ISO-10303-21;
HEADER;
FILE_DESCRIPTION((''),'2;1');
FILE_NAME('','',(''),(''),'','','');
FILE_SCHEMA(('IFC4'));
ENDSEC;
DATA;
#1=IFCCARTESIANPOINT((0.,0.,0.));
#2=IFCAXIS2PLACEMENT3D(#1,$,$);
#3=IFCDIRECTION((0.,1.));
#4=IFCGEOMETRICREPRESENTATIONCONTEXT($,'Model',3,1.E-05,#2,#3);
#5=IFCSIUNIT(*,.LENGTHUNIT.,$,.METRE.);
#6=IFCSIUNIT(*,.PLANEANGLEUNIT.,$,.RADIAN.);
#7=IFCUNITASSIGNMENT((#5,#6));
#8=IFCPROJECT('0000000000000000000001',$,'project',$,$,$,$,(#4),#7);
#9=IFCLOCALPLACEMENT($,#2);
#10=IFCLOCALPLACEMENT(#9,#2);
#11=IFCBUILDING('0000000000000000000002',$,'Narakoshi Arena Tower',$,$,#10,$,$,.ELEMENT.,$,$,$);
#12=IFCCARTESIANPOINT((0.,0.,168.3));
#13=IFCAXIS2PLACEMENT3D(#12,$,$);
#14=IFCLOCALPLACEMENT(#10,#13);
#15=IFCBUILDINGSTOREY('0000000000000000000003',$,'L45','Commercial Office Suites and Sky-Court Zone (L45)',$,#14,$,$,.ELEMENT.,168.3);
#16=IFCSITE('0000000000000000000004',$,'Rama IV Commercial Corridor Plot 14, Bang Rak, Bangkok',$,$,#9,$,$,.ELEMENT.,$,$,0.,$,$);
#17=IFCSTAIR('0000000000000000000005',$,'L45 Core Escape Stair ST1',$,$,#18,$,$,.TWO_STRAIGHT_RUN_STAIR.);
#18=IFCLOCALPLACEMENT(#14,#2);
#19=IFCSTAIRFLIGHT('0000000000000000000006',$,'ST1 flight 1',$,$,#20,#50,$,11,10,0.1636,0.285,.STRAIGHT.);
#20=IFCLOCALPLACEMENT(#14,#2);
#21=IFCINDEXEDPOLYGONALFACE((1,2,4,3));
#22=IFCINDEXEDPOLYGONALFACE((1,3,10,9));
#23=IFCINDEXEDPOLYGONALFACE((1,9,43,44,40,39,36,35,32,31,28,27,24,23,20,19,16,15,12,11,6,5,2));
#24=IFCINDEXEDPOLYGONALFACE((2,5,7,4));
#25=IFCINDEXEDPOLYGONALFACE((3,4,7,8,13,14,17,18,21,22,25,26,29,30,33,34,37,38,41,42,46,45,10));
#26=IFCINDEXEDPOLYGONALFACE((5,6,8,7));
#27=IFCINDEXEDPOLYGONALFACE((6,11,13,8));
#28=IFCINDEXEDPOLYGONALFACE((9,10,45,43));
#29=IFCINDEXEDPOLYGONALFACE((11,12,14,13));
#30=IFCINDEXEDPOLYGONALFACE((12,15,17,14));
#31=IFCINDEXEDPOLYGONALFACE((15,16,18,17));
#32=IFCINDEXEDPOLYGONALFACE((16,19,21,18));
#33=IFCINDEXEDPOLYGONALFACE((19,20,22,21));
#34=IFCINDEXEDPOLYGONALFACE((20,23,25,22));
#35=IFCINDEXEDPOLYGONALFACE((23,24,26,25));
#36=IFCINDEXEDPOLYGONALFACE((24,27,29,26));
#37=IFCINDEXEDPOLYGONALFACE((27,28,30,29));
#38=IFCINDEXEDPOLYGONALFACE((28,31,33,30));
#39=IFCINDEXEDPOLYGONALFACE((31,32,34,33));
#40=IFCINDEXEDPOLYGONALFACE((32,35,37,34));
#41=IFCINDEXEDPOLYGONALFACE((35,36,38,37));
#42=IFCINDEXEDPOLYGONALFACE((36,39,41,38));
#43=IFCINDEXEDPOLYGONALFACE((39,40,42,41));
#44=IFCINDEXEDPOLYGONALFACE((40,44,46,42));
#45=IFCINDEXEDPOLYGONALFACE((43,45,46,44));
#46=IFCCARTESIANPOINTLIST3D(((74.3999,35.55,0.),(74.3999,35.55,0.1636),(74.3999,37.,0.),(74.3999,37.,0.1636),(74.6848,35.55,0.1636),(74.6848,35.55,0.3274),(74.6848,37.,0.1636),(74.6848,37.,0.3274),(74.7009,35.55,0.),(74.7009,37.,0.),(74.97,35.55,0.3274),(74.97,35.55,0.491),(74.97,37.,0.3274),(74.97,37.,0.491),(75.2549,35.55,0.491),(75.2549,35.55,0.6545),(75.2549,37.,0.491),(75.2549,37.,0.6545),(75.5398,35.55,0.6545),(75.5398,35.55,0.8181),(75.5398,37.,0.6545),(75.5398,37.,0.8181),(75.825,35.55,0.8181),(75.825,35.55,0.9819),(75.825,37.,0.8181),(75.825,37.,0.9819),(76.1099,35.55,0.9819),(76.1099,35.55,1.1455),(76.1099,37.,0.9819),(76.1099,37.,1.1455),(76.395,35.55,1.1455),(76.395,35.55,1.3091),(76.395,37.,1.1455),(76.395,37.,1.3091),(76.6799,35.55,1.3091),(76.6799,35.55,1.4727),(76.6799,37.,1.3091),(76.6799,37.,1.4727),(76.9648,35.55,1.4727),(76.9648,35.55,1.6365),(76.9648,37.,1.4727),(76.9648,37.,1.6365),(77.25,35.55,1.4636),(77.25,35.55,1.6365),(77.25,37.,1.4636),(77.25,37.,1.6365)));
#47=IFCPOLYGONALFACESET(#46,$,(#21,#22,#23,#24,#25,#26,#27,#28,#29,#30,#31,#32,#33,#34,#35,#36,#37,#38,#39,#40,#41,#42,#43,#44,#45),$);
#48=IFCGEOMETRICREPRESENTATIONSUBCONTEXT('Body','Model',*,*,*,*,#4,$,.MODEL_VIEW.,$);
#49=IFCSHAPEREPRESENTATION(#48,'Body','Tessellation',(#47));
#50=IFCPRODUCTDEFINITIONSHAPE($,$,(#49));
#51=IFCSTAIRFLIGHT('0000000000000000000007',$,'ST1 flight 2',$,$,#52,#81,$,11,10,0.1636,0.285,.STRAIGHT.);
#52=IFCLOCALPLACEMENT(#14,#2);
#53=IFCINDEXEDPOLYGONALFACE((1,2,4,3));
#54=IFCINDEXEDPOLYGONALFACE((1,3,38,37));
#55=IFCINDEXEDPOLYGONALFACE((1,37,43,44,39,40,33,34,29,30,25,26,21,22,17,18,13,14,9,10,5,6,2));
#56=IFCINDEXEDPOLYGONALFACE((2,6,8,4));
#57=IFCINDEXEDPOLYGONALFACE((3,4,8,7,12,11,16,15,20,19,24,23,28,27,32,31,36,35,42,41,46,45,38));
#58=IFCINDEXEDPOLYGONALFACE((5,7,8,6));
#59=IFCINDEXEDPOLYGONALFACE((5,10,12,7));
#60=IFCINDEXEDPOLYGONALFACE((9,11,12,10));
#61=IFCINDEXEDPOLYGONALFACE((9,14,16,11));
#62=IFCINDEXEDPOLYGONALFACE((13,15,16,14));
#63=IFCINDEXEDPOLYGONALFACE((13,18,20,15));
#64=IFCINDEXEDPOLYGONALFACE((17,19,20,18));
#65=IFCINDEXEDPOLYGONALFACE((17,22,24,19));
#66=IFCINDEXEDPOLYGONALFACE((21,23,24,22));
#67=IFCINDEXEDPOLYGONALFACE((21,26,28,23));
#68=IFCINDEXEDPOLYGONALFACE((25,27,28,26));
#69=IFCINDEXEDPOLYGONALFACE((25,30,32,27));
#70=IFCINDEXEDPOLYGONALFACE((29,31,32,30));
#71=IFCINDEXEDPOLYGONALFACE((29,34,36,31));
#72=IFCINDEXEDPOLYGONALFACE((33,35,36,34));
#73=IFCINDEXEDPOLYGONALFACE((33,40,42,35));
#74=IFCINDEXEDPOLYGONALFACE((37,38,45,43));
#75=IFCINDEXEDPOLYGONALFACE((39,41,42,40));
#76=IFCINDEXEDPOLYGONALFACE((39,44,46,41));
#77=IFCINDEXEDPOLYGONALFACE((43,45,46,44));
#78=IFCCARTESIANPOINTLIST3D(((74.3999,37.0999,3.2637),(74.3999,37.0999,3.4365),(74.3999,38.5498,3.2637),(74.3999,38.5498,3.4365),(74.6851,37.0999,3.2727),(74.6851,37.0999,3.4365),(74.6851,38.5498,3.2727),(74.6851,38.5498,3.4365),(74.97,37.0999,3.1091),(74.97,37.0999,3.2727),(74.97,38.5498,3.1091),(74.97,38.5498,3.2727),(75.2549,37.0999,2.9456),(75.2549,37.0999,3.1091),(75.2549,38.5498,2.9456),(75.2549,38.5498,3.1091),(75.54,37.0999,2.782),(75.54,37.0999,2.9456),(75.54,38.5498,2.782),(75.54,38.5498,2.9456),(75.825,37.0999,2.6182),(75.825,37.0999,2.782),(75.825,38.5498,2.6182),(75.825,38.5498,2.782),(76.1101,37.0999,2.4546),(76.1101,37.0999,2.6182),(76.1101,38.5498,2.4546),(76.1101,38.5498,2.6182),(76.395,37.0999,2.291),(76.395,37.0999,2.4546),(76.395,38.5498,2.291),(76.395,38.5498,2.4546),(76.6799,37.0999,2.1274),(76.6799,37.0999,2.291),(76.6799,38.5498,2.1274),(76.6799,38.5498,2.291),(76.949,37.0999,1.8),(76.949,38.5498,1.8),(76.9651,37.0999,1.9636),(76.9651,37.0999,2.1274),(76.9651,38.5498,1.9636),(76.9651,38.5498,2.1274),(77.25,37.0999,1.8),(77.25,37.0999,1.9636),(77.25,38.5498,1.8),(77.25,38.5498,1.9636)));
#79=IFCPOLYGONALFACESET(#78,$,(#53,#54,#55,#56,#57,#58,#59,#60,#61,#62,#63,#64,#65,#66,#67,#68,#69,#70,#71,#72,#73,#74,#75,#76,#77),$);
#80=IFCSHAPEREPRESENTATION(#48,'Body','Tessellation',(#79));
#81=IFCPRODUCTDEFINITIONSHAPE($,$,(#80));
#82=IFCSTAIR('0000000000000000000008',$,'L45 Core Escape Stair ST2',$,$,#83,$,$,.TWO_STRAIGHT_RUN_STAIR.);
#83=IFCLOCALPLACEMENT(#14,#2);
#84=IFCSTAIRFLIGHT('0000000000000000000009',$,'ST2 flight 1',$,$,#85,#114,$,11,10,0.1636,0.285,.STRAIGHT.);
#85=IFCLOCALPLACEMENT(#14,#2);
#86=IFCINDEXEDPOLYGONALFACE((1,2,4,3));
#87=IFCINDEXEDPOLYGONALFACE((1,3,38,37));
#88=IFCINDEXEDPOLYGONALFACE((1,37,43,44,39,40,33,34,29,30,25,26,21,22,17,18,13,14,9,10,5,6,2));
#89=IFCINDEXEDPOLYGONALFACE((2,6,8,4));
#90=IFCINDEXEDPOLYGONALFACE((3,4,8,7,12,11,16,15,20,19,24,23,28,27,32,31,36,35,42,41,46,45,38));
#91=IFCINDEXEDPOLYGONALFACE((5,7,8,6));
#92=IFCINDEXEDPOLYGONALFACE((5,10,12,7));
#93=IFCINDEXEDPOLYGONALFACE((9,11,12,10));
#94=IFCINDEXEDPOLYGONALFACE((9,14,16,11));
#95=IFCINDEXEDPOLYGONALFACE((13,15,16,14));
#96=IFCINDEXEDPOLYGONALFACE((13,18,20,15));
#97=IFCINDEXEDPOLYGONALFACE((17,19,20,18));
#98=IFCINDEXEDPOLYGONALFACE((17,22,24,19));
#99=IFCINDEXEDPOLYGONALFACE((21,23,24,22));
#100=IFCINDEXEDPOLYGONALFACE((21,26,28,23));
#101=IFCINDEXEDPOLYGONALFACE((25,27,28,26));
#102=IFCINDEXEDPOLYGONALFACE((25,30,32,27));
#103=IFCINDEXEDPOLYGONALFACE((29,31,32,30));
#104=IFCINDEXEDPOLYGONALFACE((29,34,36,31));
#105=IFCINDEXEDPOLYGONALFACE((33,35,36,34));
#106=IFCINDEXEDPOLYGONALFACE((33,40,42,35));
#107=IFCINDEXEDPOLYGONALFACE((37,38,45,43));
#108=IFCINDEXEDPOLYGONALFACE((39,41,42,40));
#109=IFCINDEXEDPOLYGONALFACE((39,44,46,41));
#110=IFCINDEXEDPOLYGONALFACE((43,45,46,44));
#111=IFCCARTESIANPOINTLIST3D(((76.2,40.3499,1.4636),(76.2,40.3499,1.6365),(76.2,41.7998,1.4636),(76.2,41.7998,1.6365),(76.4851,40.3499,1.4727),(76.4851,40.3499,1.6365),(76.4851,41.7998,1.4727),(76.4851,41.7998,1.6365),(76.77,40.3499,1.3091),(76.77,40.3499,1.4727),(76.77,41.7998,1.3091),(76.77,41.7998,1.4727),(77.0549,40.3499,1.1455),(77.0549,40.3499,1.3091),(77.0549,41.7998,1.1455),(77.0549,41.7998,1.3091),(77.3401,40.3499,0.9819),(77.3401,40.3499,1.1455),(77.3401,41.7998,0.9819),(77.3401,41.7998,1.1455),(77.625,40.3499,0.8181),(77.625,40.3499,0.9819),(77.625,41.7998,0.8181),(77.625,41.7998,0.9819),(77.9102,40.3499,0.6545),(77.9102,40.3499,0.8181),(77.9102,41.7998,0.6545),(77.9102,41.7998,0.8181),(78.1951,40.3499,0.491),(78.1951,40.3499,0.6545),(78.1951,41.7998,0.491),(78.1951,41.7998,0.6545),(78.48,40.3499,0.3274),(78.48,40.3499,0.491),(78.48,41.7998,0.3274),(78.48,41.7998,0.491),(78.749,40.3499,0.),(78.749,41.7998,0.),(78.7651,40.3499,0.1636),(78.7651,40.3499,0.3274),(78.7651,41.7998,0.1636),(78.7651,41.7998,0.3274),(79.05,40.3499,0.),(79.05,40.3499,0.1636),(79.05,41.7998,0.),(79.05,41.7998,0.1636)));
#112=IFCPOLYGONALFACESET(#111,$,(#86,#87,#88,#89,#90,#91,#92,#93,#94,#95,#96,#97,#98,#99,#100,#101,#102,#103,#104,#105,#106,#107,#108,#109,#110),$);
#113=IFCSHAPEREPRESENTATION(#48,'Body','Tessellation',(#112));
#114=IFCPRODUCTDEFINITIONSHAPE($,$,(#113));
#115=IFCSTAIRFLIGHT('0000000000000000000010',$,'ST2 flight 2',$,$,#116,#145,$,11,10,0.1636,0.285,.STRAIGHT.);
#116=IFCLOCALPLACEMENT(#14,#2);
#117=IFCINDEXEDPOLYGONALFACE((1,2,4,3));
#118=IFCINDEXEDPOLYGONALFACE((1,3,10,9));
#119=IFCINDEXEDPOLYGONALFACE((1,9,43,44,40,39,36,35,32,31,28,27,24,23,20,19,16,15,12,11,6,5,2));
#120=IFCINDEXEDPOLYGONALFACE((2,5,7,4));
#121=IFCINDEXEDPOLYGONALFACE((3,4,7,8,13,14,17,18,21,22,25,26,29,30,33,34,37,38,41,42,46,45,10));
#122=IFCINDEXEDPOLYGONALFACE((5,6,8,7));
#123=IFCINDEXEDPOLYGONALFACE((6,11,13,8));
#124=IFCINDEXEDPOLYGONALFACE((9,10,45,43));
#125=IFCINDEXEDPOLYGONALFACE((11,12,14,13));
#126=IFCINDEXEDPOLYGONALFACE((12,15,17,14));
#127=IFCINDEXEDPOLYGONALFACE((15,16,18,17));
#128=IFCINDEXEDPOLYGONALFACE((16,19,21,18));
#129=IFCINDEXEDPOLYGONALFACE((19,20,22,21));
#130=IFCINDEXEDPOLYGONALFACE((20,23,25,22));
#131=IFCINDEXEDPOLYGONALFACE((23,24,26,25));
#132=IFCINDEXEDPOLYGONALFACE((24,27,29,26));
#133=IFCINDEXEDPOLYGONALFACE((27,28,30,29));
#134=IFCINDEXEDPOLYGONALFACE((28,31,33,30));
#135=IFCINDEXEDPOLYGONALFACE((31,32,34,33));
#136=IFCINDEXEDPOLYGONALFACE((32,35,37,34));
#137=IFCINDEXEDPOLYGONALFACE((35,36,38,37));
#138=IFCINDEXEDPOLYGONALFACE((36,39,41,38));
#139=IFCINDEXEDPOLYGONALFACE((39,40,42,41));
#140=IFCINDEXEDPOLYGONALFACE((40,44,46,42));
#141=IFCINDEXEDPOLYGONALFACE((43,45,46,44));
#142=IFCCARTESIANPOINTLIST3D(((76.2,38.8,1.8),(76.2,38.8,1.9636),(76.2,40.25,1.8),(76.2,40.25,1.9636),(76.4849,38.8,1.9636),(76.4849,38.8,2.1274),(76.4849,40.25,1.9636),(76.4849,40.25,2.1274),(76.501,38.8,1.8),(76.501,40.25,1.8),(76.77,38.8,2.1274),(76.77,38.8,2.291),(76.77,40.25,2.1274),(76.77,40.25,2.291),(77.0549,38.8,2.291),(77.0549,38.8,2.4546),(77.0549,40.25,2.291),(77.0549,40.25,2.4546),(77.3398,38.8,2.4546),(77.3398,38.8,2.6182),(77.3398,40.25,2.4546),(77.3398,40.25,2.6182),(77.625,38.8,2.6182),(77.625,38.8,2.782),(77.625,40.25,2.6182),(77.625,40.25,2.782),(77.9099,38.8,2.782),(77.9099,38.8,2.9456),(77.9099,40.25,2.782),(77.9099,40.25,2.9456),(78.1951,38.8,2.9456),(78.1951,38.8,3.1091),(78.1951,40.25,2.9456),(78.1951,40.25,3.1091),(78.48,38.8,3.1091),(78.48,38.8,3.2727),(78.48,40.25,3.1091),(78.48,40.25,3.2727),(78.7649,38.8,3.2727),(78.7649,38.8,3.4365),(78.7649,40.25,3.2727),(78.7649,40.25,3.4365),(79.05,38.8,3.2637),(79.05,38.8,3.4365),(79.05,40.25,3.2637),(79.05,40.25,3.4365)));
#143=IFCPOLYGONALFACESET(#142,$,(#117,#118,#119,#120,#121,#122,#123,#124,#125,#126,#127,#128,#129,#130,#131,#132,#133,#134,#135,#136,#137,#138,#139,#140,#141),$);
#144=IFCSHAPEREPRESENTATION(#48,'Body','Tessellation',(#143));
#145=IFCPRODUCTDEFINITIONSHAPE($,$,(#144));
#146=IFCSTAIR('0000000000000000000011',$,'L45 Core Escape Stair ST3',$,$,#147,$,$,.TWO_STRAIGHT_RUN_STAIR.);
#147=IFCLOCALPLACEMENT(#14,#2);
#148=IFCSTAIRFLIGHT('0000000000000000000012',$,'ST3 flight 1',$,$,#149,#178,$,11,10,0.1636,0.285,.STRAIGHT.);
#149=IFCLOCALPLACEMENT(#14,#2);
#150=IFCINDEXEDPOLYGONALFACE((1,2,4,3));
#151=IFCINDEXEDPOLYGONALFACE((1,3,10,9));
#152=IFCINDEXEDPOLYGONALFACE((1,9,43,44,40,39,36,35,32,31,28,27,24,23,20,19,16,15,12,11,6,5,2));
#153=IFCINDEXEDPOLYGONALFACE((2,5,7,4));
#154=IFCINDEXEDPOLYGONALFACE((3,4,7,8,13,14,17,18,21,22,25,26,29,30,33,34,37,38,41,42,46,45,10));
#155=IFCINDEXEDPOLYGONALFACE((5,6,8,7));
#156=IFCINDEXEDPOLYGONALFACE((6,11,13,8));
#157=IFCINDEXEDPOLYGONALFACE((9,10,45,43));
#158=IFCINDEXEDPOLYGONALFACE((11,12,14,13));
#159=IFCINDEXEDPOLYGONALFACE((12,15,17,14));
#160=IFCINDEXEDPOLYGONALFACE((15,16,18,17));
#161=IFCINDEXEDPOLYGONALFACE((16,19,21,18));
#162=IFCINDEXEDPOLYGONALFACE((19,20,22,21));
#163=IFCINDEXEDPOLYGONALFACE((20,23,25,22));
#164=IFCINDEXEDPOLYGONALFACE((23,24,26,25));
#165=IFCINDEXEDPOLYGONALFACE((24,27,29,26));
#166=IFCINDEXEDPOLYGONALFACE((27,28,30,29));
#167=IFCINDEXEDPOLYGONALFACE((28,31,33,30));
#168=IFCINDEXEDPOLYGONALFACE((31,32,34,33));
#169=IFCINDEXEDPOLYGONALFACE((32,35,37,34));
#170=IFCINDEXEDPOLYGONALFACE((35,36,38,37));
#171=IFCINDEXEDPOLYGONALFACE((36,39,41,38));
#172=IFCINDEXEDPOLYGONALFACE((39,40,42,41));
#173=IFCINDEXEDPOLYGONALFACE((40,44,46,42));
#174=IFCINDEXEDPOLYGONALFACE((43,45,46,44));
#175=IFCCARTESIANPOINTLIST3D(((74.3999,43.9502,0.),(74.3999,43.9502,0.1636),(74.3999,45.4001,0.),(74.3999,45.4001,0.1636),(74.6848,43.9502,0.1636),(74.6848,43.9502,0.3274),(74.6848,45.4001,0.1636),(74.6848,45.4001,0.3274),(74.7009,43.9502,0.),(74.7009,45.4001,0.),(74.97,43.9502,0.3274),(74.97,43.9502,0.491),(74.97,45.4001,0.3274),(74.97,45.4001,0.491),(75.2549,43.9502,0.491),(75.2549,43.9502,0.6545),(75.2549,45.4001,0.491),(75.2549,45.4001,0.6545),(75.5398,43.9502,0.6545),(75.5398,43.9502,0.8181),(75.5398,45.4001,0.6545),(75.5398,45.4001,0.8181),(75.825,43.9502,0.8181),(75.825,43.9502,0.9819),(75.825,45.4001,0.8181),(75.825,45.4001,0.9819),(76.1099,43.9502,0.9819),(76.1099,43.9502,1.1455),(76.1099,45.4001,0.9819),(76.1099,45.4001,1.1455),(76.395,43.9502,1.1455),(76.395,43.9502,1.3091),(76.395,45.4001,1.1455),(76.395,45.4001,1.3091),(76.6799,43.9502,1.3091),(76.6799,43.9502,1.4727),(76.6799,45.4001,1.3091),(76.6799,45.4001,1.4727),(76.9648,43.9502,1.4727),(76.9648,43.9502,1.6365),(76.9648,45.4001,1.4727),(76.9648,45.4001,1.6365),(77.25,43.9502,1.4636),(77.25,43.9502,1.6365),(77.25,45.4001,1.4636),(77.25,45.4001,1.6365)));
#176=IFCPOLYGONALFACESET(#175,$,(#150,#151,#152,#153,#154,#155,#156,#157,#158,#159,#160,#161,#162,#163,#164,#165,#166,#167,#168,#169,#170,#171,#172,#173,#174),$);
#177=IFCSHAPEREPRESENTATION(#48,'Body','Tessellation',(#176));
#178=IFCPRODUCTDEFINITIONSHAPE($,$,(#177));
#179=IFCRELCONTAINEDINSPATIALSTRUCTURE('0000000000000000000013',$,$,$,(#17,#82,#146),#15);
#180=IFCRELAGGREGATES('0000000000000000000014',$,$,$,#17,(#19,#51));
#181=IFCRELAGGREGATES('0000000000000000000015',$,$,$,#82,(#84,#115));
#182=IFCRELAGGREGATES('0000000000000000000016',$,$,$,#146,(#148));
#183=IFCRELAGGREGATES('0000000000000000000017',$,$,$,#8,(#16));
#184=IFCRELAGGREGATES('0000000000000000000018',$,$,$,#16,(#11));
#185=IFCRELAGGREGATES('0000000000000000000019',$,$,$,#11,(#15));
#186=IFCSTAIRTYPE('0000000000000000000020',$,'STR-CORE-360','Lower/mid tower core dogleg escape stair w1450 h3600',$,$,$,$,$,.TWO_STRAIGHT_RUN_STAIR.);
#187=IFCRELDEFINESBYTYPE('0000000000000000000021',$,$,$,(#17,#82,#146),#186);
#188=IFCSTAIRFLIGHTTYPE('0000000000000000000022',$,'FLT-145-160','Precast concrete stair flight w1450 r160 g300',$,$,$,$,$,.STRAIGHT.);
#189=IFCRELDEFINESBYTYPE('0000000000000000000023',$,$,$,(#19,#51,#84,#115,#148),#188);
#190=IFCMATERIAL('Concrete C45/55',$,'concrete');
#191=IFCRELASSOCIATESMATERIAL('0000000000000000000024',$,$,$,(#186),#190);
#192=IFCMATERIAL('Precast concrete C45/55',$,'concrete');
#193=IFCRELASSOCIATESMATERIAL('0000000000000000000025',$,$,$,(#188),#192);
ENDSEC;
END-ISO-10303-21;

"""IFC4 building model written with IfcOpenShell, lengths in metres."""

from ifc_helpers import new_model, si_unit, direction, frame, origin, place, context, subcontext, project, spatial, polyline, outline, extrude, material, type_object, element, aggregate, save


model = new_model("IFC4")

# Units and contexts
model_context = context("Model", 3, precision=1e-05, world=origin(), true_north=direction((0.0, 1.0)))
body_context = subcontext(model_context, "Body", "Model", "MODEL_VIEW")
ifc_project = project(units=[si_unit("LENGTHUNIT", "METRE"), si_unit("PLANEANGLEUNIT", "RADIAN")], contexts=[model_context])

# Site, building, storey
site_placement = place(None, origin())
site = spatial("IfcSite", under=ifc_project, at=site_placement, Name="Rama IV Commercial Corridor Plot 14, Bang Rak, Bangkok", CompositionType="ELEMENT", RefElevation=0.0)
building_placement = place(site_placement, origin())
building = spatial("IfcBuilding", under=site, at=building_placement, Name="Narakoshi Arena Tower", CompositionType="ELEMENT")
storey_placement = place(building_placement, frame((0.0, 0.0, 168.3)))
storey = spatial("IfcBuildingStorey", under=building, at=storey_placement, Name="L45", Description="Commercial Office Suites and Sky-Court Zone (L45)", CompositionType="ELEMENT", Elevation=168.3)

# Shared definitions
ifc_material_1 = material(Name="Precast concrete C45/55", Category="concrete")

# Stairs, stair flights
ifc_material_2 = material(Name="Concrete C45/55", Category="concrete")
stair_type = type_object("IfcStairType", Name="STR-CORE-360", Description="Lower/mid tower core dogleg escape stair w1450 h3600", PredefinedType="TWO_STRAIGHT_RUN_STAIR", material=ifc_material_2)
stair_1_placement = place(storey_placement, origin())
stair_1 = element("IfcStair", 1, at=stair_1_placement, inside=storey, type_object=stair_type, Name="L45 Core Escape Stair ST1", PredefinedType="TWO_STRAIGHT_RUN_STAIR")
stair_flight_type = type_object("IfcStairFlightType", Name="FLT-145-160", Description="Precast concrete stair flight w1450 r160 g300", PredefinedType="STRAIGHT", material=ifc_material_1)
stair_flight_1_placement = place(storey_placement, frame((74.3999, 36.2749, 0.0), z_axis=(0.0, 0.0, 1.0), x_axis=(1.0, 0.0, 0.0)))
stair_flight_1 = element("IfcStairFlight", 2, at=stair_flight_1_placement, type_object=stair_flight_type, Name="ST1 flight 1", NumberOfRisers=11, NumberOfTreads=10, PredefinedType="STRAIGHT", RiserHeight=0.1636, TreadLength=0.285, context=body_context, shape_type="SweptSolid", body=[
    extrude(outline(polyline([(0.0, 0.0), (0.0, 0.1636), (0.2849, 0.1636), (0.2849, 0.3274), (0.5701, 0.3274), (0.5701, 0.491), (0.855, 0.491), (0.855, 0.6545), (1.1399, 0.6545), (1.1399, 0.8181), (1.425, 0.8181), (1.425, 0.9819), (1.71, 0.9819), (1.71, 1.1455), (1.9951, 1.1455), (1.9951, 1.3091), (2.28, 1.3091), (2.28, 1.4727), (2.5649, 1.4727), (2.5649, 1.6365), (2.8501, 1.6365), (2.8501, 1.8), (2.8501, 1.4636), (0.301, 0.0), (0.0, 0.0)])), frame((0.0, 0.7251, 0.0), z_axis=(0.0, -1.0, 0.0), x_axis=(1.0, 0.0, 0.0)), (0.0, 0.0, 1.0), 1.45),
])
stair_flight_2_placement = place(storey_placement, frame((77.25, 37.825, 1.8), z_axis=(0.0, 0.0, 1.0), x_axis=(-1.0, 0.0, 0.0)))
stair_flight_2 = element("IfcStairFlight", 3, at=stair_flight_2_placement, type_object=stair_flight_type, Name="ST1 flight 2", NumberOfRisers=11, NumberOfTreads=10, PredefinedType="STRAIGHT", RiserHeight=0.1636, TreadLength=0.285, context=body_context, shape_type="SweptSolid", body=[
    extrude(outline(polyline([(0.0, 0.0), (0.0, 0.1636), (0.2849, 0.1636), (0.2849, 0.3274), (0.5701, 0.3274), (0.5701, 0.491), (0.855, 0.491), (0.855, 0.6545), (1.1399, 0.6545), (1.1399, 0.8181), (1.425, 0.8181), (1.425, 0.9819), (1.71, 0.9819), (1.71, 1.1455), (1.9951, 1.1455), (1.9951, 1.3091), (2.28, 1.3091), (2.28, 1.4727), (2.5649, 1.4727), (2.5649, 1.6365), (2.8501, 1.6365), (2.8501, 1.8), (2.8501, 1.4636), (0.301, 0.0), (0.0, 0.0)])), frame((0.0, 0.7251, 0.0), z_axis=(0.0, -1.0, 0.0), x_axis=(1.0, 0.0, 0.0)), (0.0, 0.0, 1.0), 1.45),
])
aggregate(stair_1, [stair_flight_1, stair_flight_2])
stair_2_placement = place(storey_placement, origin())
stair_2 = element("IfcStair", 4, at=stair_2_placement, inside=storey, type_object=stair_type, Name="L45 Core Escape Stair ST2", PredefinedType="TWO_STRAIGHT_RUN_STAIR")
stair_flight_3_placement = place(storey_placement, frame((79.05, 41.075, 0.0), z_axis=(0.0, 0.0, 1.0), x_axis=(-1.0, 0.0, 0.0)))
stair_flight_3 = element("IfcStairFlight", 5, at=stair_flight_3_placement, type_object=stair_flight_type, Name="ST2 flight 1", NumberOfRisers=11, NumberOfTreads=10, PredefinedType="STRAIGHT", RiserHeight=0.1636, TreadLength=0.285, context=body_context, shape_type="SweptSolid", body=[
    extrude(outline(polyline([(0.0, 0.0), (0.0, 0.1636), (0.2849, 0.1636), (0.2849, 0.3274), (0.5701, 0.3274), (0.5701, 0.491), (0.855, 0.491), (0.855, 0.6545), (1.1399, 0.6545), (1.1399, 0.8181), (1.425, 0.8181), (1.425, 0.9819), (1.71, 0.9819), (1.71, 1.1455), (1.9951, 1.1455), (1.9951, 1.3091), (2.28, 1.3091), (2.28, 1.4727), (2.5649, 1.4727), (2.5649, 1.6365), (2.8501, 1.6365), (2.8501, 1.8), (2.8501, 1.4636), (0.301, 0.0), (0.0, 0.0)])), frame((0.0, 0.7251, 0.0), z_axis=(0.0, -1.0, 0.0), x_axis=(1.0, 0.0, 0.0)), (0.0, 0.0, 1.0), 1.45),
])
stair_flight_4_placement = place(storey_placement, frame((76.2, 39.5249, 1.8), z_axis=(0.0, 0.0, 1.0), x_axis=(1.0, 0.0, 0.0)))
stair_flight_4 = element("IfcStairFlight", 6, at=stair_flight_4_placement, type_object=stair_flight_type, Name="ST2 flight 2", NumberOfRisers=11, NumberOfTreads=10, PredefinedType="STRAIGHT", RiserHeight=0.1636, TreadLength=0.285, context=body_context, shape_type="SweptSolid", body=[
    extrude(outline(polyline([(0.0, 0.0), (0.0, 0.1636), (0.2849, 0.1636), (0.2849, 0.3274), (0.5701, 0.3274), (0.5701, 0.491), (0.855, 0.491), (0.855, 0.6545), (1.1399, 0.6545), (1.1399, 0.8181), (1.425, 0.8181), (1.425, 0.9819), (1.71, 0.9819), (1.71, 1.1455), (1.9951, 1.1455), (1.9951, 1.3091), (2.28, 1.3091), (2.28, 1.4727), (2.5649, 1.4727), (2.5649, 1.6365), (2.8501, 1.6365), (2.8501, 1.8), (2.8501, 1.4636), (0.301, 0.0), (0.0, 0.0)])), frame((0.0, 0.7251, 0.0), z_axis=(0.0, -1.0, 0.0), x_axis=(1.0, 0.0, 0.0)), (0.0, 0.0, 1.0), 1.45),
])
aggregate(stair_2, [stair_flight_3, stair_flight_4])

# Stair, stair flight
stair_3_placement = place(storey_placement, origin())
stair_3 = element("IfcStair", 7, at=stair_3_placement, inside=storey, type_object=stair_type, Name="L45 Core Escape Stair ST3", PredefinedType="TWO_STRAIGHT_RUN_STAIR")
stair_flight_5_placement = place(storey_placement, frame((74.3999, 44.675, 0.0), z_axis=(0.0, 0.0, 1.0), x_axis=(1.0, 0.0, 0.0)))
stair_flight_5 = element("IfcStairFlight", 8, at=stair_flight_5_placement, type_object=stair_flight_type, Name="ST3 flight 1", NumberOfRisers=11, NumberOfTreads=10, PredefinedType="STRAIGHT", RiserHeight=0.1636, TreadLength=0.285, context=body_context, shape_type="SweptSolid", body=[
    extrude(outline(polyline([(0.0, 0.0), (0.0, 0.1636), (0.2849, 0.1636), (0.2849, 0.3274), (0.5701, 0.3274), (0.5701, 0.491), (0.855, 0.491), (0.855, 0.6545), (1.1399, 0.6545), (1.1399, 0.8181), (1.425, 0.8181), (1.425, 0.9819), (1.71, 0.9819), (1.71, 1.1455), (1.9951, 1.1455), (1.9951, 1.3091), (2.28, 1.3091), (2.28, 1.4727), (2.5649, 1.4727), (2.5649, 1.6365), (2.8501, 1.6365), (2.8501, 1.8), (2.8501, 1.4636), (0.301, 0.0), (0.0, 0.0)])), frame((0.0, 0.7251, 0.0), z_axis=(0.0, -1.0, 0.0), x_axis=(1.0, 0.0, 0.0)), (0.0, 0.0, 1.0), 1.45),
])
aggregate(stair_3, [stair_flight_5])

save(model, "model.ifc")
